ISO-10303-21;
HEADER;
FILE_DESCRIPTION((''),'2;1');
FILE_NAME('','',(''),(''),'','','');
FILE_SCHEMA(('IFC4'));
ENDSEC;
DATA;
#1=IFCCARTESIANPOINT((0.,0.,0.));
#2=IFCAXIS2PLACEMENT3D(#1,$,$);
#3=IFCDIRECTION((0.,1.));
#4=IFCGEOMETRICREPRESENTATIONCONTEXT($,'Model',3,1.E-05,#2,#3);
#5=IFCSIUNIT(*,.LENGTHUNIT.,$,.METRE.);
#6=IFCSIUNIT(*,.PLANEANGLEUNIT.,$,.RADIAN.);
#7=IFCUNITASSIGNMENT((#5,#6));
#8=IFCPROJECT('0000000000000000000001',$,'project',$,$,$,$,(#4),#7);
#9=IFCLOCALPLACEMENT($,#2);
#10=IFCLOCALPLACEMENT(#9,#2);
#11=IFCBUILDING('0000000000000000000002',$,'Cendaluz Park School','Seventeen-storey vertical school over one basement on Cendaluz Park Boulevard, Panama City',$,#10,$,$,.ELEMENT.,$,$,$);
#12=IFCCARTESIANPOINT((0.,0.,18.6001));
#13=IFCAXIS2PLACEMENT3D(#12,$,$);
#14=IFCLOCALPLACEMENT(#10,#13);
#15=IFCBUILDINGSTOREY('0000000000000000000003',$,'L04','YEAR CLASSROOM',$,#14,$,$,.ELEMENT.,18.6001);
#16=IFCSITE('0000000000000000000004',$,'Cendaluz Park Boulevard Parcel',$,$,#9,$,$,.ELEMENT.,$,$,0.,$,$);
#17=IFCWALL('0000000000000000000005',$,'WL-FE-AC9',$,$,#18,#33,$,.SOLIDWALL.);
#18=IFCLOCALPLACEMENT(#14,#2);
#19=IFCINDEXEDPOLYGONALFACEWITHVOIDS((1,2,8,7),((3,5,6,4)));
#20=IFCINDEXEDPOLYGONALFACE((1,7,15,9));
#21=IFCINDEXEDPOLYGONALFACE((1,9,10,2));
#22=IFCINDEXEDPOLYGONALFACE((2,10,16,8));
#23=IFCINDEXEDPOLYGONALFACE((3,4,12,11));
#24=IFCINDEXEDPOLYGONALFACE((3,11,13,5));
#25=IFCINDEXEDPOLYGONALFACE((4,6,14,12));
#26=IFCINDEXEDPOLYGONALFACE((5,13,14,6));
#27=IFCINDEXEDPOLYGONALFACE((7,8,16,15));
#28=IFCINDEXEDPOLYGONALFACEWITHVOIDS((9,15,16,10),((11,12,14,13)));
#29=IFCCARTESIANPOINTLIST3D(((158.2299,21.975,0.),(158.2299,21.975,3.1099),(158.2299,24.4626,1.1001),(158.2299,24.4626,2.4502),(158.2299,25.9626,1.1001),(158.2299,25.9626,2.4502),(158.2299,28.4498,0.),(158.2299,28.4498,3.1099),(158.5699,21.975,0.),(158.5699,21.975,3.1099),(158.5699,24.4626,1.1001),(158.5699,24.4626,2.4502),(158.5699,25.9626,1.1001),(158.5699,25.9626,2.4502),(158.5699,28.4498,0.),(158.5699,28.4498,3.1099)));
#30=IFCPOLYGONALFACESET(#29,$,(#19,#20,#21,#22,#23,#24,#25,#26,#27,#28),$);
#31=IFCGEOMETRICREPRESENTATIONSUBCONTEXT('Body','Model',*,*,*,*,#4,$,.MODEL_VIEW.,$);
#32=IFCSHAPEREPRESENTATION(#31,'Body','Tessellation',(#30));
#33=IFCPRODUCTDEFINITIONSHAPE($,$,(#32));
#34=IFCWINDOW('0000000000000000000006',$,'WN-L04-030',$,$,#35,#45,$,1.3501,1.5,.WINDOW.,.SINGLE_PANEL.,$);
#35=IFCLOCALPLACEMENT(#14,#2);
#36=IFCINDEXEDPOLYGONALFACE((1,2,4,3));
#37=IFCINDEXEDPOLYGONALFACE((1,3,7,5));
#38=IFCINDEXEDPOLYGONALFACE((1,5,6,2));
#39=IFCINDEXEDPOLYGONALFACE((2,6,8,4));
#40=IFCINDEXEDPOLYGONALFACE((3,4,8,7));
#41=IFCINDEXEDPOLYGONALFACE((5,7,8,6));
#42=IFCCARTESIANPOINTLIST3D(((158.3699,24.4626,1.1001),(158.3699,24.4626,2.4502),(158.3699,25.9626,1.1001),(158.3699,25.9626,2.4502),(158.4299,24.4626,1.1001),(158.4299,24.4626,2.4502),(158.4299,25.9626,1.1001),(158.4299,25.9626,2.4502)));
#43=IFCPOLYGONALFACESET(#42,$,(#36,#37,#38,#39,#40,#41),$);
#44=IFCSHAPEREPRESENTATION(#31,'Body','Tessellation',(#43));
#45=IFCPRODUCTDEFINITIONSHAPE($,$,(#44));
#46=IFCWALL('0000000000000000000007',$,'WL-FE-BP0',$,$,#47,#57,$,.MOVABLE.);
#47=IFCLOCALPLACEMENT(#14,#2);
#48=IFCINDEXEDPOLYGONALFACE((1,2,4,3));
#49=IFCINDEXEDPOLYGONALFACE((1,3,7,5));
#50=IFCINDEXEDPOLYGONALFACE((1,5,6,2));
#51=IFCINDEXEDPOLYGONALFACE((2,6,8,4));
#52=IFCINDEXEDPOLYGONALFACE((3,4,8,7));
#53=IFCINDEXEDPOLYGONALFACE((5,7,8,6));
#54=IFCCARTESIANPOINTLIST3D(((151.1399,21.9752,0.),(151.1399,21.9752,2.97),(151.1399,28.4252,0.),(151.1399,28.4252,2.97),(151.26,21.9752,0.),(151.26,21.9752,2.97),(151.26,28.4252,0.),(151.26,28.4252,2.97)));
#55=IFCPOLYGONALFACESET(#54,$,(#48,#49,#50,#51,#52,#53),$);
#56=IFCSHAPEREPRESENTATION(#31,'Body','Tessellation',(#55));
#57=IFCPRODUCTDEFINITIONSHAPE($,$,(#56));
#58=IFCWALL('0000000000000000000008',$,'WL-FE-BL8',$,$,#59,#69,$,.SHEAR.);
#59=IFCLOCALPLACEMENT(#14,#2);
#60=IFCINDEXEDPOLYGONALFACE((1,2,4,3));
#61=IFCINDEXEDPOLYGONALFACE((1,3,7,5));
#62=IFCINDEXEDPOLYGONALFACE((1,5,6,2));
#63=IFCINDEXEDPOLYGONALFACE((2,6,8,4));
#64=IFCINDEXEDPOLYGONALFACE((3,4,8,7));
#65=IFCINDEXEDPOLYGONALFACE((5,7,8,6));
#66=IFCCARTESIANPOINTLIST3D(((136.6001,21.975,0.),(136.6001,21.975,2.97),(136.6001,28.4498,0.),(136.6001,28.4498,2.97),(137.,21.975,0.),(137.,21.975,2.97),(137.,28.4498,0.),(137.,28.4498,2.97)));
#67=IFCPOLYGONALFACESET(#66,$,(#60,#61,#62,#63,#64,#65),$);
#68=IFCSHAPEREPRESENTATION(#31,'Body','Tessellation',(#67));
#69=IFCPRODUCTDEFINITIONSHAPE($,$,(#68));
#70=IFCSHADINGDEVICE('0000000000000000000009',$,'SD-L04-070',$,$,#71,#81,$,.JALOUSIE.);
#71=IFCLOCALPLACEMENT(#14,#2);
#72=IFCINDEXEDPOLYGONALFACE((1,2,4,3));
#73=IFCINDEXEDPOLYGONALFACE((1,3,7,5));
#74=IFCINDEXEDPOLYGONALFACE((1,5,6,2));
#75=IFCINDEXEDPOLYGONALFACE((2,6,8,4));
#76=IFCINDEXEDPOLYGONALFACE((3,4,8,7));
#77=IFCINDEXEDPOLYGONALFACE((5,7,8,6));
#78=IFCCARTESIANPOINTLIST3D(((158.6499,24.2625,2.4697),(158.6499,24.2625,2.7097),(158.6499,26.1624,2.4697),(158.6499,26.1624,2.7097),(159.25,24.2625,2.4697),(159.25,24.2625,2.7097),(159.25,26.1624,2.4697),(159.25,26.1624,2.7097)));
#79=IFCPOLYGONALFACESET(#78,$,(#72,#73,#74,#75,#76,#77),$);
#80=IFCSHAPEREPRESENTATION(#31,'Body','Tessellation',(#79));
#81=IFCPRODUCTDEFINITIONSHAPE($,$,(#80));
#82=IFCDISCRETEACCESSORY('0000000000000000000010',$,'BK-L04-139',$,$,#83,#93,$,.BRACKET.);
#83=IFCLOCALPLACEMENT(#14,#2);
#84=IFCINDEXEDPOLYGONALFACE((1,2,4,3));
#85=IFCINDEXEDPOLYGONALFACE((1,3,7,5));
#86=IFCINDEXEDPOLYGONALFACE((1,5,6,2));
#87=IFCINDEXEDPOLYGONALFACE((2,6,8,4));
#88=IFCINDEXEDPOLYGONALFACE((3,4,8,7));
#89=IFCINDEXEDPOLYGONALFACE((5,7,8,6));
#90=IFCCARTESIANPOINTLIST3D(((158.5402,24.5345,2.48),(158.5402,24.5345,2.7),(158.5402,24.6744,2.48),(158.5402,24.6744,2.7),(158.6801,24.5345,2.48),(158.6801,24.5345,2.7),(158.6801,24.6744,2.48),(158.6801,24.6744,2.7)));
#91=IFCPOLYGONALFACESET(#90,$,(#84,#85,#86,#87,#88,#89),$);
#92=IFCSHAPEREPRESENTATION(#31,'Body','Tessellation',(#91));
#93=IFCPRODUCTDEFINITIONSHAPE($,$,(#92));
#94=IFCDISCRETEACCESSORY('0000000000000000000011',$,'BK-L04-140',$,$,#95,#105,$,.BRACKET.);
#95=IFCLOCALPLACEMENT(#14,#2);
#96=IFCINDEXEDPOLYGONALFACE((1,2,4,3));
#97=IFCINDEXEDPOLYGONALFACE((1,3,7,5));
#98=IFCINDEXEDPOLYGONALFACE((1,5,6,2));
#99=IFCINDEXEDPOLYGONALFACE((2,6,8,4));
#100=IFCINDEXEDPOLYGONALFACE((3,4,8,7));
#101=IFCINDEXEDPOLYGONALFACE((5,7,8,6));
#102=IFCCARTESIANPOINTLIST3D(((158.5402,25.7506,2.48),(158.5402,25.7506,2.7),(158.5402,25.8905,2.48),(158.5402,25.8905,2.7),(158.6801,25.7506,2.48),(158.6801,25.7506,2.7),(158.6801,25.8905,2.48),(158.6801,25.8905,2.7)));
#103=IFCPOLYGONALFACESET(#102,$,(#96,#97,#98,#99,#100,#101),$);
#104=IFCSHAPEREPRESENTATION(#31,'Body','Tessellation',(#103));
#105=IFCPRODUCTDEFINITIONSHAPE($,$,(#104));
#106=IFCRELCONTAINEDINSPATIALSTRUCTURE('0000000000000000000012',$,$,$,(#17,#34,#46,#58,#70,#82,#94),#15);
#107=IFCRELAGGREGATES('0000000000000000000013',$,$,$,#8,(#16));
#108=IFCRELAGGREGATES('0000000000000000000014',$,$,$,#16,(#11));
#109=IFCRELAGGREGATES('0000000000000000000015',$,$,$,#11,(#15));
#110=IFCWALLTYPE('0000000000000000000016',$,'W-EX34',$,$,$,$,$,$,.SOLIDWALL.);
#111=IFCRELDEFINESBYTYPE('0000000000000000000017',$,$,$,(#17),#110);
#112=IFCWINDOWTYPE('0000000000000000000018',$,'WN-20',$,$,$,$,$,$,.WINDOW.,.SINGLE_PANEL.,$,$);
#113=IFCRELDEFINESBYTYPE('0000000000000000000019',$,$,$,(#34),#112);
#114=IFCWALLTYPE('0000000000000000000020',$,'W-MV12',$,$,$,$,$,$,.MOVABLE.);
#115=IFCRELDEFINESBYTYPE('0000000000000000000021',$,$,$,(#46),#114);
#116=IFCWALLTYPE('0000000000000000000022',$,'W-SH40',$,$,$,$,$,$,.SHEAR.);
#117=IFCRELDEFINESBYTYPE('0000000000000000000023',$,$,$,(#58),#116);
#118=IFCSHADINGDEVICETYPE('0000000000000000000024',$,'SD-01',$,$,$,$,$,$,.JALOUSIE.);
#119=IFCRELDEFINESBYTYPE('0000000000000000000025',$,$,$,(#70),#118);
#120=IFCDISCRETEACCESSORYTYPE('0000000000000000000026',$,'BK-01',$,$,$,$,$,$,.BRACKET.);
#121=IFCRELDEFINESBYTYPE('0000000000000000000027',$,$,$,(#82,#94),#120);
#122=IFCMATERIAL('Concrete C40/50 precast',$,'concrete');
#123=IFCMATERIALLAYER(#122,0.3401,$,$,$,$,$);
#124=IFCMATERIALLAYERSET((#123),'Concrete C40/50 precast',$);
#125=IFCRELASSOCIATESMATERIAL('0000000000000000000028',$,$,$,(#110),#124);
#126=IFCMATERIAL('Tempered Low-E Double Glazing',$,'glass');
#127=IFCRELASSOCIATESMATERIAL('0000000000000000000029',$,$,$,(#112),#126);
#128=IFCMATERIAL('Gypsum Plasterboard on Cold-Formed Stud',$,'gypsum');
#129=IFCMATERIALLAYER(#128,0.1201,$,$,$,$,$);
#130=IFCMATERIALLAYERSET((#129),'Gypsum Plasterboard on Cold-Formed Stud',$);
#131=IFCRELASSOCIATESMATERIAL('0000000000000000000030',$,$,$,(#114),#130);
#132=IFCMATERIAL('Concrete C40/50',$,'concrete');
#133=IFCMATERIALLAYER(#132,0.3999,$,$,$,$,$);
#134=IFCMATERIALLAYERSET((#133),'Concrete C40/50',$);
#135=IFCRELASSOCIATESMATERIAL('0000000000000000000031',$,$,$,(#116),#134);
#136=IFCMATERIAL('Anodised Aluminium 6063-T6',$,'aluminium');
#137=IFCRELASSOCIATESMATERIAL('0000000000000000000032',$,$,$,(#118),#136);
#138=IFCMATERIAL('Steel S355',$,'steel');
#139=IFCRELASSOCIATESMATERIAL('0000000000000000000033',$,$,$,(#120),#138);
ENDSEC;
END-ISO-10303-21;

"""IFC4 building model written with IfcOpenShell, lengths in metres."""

from ifc_helpers import new_model, si_unit, direction, frame, frame_2d, origin, origin_2d, place, context, subcontext, project, spatial, rectangle, extrude, material, layer, layer_set, type_object, element, fill, save


model = new_model("IFC4")

# Units and contexts
model_context = context("Model", 3, precision=1e-05, world=origin(), true_north=direction((0.0, 1.0)))
body_context = subcontext(model_context, "Body", "Model", "MODEL_VIEW")
ifc_project = project(units=[si_unit("LENGTHUNIT", "METRE"), si_unit("PLANEANGLEUNIT", "RADIAN")], contexts=[model_context])

# Site, building, storey
site_placement = place(None, origin())
site = spatial("IfcSite", under=ifc_project, at=site_placement, Name="Cendaluz Park Boulevard Parcel", CompositionType="ELEMENT", RefElevation=0.0)
building_placement = place(site_placement, origin())
building = spatial("IfcBuilding", under=site, at=building_placement, Name="Cendaluz Park School", Description="Seventeen-storey vertical school over one basement on Cendaluz Park Boulevard, Panama City", CompositionType="ELEMENT")
storey_placement = place(building_placement, frame((0.0, 0.0, 18.6001)))
storey = spatial("IfcBuildingStorey", under=building, at=storey_placement, Name="L04", Description="YEAR CLASSROOM", CompositionType="ELEMENT", Elevation=18.6001)

# Shared definitions
ifc_material_1 = material(Name="Concrete C40/50", Category="concrete")

# Shared definitions
ifc_material_2 = material(Name="Gypsum Plasterboard on Cold-Formed Stud", Category="gypsum")

# Wall, opening, window
ifc_material_3 = material(Name="Concrete C40/50 precast", Category="concrete")
ifc_layer_1 = layer(ifc_material_3, 0.3401)
ifc_layer_set_1 = layer_set([ifc_layer_1], Name="Concrete C40/50 precast")
wall_type_1 = type_object("IfcWallType", Name="W-EX34", PredefinedType="SOLIDWALL", material=ifc_layer_set_1)
ifc_material_4 = material(Name="Tempered Low-E Double Glazing", Category="glass")
window_type = type_object("IfcWindowType", Name="WN-20", PartitioningType="SINGLE_PANEL", PredefinedType="WINDOW", material=ifc_material_4)
wall_1_placement = place(storey_placement, frame((158.3999, 21.9751, 0.0), z_axis=(0.0, 0.0, 1.0), x_axis=(0.0, 1.0, 0.0)))
wall_1 = element("IfcWall", 1, at=wall_1_placement, inside=storey, type_object=wall_type_1, Name="WL-FE-AC9", PredefinedType="SOLIDWALL", context=body_context, shape_type="SweptSolid", body=[
    extrude(rectangle(XDim=6.4749, YDim=0.3401, at=frame_2d((3.2373, 0.0))), origin(), (0.0, 0.0, 1.0), 3.1099),
])
opening_1_placement = place(wall_1_placement, frame((2.4875, 0.0, 1.1001)))
opening_1 = element("IfcOpeningElement", 2, at=opening_1_placement, cuts=wall_1, PredefinedType="OPENING", context=body_context, shape_type="SweptSolid", body=[
    extrude(rectangle(XDim=1.5, YDim=1.3501, at=frame_2d((0.75, 0.675))), frame((0.0, 0.1821, 0.0), z_axis=(0.0, -1.0, 0.0), x_axis=(1.0, 0.0, 0.0)), (0.0, 0.0, 1.0), 0.364),
])
window_1_placement = place(opening_1_placement, origin())
window_1 = element("IfcWindow", 3, at=window_1_placement, inside=storey, type_object=window_type, Name="WN-L04-030", OverallHeight=1.3501, OverallWidth=1.5, PartitioningType="SINGLE_PANEL", PredefinedType="WINDOW", context=body_context, shape_type="SweptSolid", body=[
    extrude(rectangle(XDim=1.5, YDim=1.3501, at=frame_2d((0.75, 0.675))), frame((0.0, 0.03, 0.0), z_axis=(0.0, -1.0, 0.0), x_axis=(1.0, 0.0, 0.0)), (0.0, 0.0, 1.0), 0.0601),
])
fill(opening_1, window_1)

# Walls
ifc_layer_2 = layer(ifc_material_2, 0.1201)
ifc_layer_set_2 = layer_set([ifc_layer_2], Name="Gypsum Plasterboard on Cold-Formed Stud")
wall_type_2 = type_object("IfcWallType", Name="W-MV12", PredefinedType="MOVABLE", material=ifc_layer_set_2)
wall_2_placement = place(storey_placement, frame((151.2, 21.9751, 0.0), z_axis=(0.0, 0.0, 1.0), x_axis=(0.0, 1.0, 0.0)))
element("IfcWall", 4, at=wall_2_placement, inside=storey, type_object=wall_type_2, Name="WL-FE-BP0", PredefinedType="MOVABLE", context=body_context, shape_type="SweptSolid", body=[
    extrude(rectangle(XDim=6.45, YDim=0.1201, at=frame_2d((3.2251, 0.0))), origin(), (0.0, 0.0, 1.0), 2.97),
])
ifc_layer_3 = layer(ifc_material_1, 0.3999)
ifc_layer_set_3 = layer_set([ifc_layer_3], Name="Concrete C40/50")
wall_type_3 = type_object("IfcWallType", Name="W-SH40", PredefinedType="SHEAR", material=ifc_layer_set_3)
wall_3_placement = place(storey_placement, frame((136.8, 21.9751, 0.0), z_axis=(0.0, 0.0, 1.0), x_axis=(0.0, 1.0, 0.0)))
element("IfcWall", 5, at=wall_3_placement, inside=storey, type_object=wall_type_3, Name="WL-FE-BL8", PredefinedType="SHEAR", context=body_context, shape_type="SweptSolid", body=[
    extrude(rectangle(XDim=6.4749, YDim=0.3999, at=frame_2d((3.2373, 0.0))), origin(), (0.0, 0.0, 1.0), 2.97),
])

# Shading device
ifc_material_5 = material(Name="Anodised Aluminium 6063-T6", Category="aluminium")
shading_device_type = type_object("IfcShadingDeviceType", Name="SD-01", PredefinedType="JALOUSIE", material=ifc_material_5)
shading_device_placement = place(storey_placement, frame((158.95, 25.2124, 2.4697), z_axis=(0.0, 0.0, 1.0), x_axis=(0.0, 1.0, 0.0)))
element("IfcShadingDevice", 6, at=shading_device_placement, inside=storey, type_object=shading_device_type, Name="SD-L04-070", PredefinedType="JALOUSIE", context=body_context, shape_type="SweptSolid", body=[
    extrude(rectangle(XDim=1.8999, YDim=0.6001, at=origin_2d()), origin(), (0.0, 0.0, 1.0), 0.24),
])

# Discrete accessories
ifc_material_6 = material(Name="Steel S355", Category="steel")
discrete_accessory_type = type_object("IfcDiscreteAccessoryType", Name="BK-01", PredefinedType="BRACKET", material=ifc_material_6)
for number, where, z_axis, x_axis, name in (
    (7, (158.6101, 24.6045, 2.48), (0.0, 0.0, 1.0), (0.0, 1.0, 0.0), "BK-L04-139"),
    (8, (158.6101, 25.8206, 2.48), (0.0, 0.0, 1.0), (0.0, 1.0, 0.0), "BK-L04-140"),
):
    element("IfcDiscreteAccessory", number, at=place(storey_placement, frame(where, z_axis=z_axis, x_axis=x_axis)), inside=storey, type_object=discrete_accessory_type, Name=name, PredefinedType="BRACKET", context=body_context, shape_type="SweptSolid", body=[
        extrude(rectangle(XDim=0.1399, YDim=0.1399, at=origin_2d()), origin(), (0.0, 0.0, 1.0), 0.22),
    ])

save(model, "model.ifc")
